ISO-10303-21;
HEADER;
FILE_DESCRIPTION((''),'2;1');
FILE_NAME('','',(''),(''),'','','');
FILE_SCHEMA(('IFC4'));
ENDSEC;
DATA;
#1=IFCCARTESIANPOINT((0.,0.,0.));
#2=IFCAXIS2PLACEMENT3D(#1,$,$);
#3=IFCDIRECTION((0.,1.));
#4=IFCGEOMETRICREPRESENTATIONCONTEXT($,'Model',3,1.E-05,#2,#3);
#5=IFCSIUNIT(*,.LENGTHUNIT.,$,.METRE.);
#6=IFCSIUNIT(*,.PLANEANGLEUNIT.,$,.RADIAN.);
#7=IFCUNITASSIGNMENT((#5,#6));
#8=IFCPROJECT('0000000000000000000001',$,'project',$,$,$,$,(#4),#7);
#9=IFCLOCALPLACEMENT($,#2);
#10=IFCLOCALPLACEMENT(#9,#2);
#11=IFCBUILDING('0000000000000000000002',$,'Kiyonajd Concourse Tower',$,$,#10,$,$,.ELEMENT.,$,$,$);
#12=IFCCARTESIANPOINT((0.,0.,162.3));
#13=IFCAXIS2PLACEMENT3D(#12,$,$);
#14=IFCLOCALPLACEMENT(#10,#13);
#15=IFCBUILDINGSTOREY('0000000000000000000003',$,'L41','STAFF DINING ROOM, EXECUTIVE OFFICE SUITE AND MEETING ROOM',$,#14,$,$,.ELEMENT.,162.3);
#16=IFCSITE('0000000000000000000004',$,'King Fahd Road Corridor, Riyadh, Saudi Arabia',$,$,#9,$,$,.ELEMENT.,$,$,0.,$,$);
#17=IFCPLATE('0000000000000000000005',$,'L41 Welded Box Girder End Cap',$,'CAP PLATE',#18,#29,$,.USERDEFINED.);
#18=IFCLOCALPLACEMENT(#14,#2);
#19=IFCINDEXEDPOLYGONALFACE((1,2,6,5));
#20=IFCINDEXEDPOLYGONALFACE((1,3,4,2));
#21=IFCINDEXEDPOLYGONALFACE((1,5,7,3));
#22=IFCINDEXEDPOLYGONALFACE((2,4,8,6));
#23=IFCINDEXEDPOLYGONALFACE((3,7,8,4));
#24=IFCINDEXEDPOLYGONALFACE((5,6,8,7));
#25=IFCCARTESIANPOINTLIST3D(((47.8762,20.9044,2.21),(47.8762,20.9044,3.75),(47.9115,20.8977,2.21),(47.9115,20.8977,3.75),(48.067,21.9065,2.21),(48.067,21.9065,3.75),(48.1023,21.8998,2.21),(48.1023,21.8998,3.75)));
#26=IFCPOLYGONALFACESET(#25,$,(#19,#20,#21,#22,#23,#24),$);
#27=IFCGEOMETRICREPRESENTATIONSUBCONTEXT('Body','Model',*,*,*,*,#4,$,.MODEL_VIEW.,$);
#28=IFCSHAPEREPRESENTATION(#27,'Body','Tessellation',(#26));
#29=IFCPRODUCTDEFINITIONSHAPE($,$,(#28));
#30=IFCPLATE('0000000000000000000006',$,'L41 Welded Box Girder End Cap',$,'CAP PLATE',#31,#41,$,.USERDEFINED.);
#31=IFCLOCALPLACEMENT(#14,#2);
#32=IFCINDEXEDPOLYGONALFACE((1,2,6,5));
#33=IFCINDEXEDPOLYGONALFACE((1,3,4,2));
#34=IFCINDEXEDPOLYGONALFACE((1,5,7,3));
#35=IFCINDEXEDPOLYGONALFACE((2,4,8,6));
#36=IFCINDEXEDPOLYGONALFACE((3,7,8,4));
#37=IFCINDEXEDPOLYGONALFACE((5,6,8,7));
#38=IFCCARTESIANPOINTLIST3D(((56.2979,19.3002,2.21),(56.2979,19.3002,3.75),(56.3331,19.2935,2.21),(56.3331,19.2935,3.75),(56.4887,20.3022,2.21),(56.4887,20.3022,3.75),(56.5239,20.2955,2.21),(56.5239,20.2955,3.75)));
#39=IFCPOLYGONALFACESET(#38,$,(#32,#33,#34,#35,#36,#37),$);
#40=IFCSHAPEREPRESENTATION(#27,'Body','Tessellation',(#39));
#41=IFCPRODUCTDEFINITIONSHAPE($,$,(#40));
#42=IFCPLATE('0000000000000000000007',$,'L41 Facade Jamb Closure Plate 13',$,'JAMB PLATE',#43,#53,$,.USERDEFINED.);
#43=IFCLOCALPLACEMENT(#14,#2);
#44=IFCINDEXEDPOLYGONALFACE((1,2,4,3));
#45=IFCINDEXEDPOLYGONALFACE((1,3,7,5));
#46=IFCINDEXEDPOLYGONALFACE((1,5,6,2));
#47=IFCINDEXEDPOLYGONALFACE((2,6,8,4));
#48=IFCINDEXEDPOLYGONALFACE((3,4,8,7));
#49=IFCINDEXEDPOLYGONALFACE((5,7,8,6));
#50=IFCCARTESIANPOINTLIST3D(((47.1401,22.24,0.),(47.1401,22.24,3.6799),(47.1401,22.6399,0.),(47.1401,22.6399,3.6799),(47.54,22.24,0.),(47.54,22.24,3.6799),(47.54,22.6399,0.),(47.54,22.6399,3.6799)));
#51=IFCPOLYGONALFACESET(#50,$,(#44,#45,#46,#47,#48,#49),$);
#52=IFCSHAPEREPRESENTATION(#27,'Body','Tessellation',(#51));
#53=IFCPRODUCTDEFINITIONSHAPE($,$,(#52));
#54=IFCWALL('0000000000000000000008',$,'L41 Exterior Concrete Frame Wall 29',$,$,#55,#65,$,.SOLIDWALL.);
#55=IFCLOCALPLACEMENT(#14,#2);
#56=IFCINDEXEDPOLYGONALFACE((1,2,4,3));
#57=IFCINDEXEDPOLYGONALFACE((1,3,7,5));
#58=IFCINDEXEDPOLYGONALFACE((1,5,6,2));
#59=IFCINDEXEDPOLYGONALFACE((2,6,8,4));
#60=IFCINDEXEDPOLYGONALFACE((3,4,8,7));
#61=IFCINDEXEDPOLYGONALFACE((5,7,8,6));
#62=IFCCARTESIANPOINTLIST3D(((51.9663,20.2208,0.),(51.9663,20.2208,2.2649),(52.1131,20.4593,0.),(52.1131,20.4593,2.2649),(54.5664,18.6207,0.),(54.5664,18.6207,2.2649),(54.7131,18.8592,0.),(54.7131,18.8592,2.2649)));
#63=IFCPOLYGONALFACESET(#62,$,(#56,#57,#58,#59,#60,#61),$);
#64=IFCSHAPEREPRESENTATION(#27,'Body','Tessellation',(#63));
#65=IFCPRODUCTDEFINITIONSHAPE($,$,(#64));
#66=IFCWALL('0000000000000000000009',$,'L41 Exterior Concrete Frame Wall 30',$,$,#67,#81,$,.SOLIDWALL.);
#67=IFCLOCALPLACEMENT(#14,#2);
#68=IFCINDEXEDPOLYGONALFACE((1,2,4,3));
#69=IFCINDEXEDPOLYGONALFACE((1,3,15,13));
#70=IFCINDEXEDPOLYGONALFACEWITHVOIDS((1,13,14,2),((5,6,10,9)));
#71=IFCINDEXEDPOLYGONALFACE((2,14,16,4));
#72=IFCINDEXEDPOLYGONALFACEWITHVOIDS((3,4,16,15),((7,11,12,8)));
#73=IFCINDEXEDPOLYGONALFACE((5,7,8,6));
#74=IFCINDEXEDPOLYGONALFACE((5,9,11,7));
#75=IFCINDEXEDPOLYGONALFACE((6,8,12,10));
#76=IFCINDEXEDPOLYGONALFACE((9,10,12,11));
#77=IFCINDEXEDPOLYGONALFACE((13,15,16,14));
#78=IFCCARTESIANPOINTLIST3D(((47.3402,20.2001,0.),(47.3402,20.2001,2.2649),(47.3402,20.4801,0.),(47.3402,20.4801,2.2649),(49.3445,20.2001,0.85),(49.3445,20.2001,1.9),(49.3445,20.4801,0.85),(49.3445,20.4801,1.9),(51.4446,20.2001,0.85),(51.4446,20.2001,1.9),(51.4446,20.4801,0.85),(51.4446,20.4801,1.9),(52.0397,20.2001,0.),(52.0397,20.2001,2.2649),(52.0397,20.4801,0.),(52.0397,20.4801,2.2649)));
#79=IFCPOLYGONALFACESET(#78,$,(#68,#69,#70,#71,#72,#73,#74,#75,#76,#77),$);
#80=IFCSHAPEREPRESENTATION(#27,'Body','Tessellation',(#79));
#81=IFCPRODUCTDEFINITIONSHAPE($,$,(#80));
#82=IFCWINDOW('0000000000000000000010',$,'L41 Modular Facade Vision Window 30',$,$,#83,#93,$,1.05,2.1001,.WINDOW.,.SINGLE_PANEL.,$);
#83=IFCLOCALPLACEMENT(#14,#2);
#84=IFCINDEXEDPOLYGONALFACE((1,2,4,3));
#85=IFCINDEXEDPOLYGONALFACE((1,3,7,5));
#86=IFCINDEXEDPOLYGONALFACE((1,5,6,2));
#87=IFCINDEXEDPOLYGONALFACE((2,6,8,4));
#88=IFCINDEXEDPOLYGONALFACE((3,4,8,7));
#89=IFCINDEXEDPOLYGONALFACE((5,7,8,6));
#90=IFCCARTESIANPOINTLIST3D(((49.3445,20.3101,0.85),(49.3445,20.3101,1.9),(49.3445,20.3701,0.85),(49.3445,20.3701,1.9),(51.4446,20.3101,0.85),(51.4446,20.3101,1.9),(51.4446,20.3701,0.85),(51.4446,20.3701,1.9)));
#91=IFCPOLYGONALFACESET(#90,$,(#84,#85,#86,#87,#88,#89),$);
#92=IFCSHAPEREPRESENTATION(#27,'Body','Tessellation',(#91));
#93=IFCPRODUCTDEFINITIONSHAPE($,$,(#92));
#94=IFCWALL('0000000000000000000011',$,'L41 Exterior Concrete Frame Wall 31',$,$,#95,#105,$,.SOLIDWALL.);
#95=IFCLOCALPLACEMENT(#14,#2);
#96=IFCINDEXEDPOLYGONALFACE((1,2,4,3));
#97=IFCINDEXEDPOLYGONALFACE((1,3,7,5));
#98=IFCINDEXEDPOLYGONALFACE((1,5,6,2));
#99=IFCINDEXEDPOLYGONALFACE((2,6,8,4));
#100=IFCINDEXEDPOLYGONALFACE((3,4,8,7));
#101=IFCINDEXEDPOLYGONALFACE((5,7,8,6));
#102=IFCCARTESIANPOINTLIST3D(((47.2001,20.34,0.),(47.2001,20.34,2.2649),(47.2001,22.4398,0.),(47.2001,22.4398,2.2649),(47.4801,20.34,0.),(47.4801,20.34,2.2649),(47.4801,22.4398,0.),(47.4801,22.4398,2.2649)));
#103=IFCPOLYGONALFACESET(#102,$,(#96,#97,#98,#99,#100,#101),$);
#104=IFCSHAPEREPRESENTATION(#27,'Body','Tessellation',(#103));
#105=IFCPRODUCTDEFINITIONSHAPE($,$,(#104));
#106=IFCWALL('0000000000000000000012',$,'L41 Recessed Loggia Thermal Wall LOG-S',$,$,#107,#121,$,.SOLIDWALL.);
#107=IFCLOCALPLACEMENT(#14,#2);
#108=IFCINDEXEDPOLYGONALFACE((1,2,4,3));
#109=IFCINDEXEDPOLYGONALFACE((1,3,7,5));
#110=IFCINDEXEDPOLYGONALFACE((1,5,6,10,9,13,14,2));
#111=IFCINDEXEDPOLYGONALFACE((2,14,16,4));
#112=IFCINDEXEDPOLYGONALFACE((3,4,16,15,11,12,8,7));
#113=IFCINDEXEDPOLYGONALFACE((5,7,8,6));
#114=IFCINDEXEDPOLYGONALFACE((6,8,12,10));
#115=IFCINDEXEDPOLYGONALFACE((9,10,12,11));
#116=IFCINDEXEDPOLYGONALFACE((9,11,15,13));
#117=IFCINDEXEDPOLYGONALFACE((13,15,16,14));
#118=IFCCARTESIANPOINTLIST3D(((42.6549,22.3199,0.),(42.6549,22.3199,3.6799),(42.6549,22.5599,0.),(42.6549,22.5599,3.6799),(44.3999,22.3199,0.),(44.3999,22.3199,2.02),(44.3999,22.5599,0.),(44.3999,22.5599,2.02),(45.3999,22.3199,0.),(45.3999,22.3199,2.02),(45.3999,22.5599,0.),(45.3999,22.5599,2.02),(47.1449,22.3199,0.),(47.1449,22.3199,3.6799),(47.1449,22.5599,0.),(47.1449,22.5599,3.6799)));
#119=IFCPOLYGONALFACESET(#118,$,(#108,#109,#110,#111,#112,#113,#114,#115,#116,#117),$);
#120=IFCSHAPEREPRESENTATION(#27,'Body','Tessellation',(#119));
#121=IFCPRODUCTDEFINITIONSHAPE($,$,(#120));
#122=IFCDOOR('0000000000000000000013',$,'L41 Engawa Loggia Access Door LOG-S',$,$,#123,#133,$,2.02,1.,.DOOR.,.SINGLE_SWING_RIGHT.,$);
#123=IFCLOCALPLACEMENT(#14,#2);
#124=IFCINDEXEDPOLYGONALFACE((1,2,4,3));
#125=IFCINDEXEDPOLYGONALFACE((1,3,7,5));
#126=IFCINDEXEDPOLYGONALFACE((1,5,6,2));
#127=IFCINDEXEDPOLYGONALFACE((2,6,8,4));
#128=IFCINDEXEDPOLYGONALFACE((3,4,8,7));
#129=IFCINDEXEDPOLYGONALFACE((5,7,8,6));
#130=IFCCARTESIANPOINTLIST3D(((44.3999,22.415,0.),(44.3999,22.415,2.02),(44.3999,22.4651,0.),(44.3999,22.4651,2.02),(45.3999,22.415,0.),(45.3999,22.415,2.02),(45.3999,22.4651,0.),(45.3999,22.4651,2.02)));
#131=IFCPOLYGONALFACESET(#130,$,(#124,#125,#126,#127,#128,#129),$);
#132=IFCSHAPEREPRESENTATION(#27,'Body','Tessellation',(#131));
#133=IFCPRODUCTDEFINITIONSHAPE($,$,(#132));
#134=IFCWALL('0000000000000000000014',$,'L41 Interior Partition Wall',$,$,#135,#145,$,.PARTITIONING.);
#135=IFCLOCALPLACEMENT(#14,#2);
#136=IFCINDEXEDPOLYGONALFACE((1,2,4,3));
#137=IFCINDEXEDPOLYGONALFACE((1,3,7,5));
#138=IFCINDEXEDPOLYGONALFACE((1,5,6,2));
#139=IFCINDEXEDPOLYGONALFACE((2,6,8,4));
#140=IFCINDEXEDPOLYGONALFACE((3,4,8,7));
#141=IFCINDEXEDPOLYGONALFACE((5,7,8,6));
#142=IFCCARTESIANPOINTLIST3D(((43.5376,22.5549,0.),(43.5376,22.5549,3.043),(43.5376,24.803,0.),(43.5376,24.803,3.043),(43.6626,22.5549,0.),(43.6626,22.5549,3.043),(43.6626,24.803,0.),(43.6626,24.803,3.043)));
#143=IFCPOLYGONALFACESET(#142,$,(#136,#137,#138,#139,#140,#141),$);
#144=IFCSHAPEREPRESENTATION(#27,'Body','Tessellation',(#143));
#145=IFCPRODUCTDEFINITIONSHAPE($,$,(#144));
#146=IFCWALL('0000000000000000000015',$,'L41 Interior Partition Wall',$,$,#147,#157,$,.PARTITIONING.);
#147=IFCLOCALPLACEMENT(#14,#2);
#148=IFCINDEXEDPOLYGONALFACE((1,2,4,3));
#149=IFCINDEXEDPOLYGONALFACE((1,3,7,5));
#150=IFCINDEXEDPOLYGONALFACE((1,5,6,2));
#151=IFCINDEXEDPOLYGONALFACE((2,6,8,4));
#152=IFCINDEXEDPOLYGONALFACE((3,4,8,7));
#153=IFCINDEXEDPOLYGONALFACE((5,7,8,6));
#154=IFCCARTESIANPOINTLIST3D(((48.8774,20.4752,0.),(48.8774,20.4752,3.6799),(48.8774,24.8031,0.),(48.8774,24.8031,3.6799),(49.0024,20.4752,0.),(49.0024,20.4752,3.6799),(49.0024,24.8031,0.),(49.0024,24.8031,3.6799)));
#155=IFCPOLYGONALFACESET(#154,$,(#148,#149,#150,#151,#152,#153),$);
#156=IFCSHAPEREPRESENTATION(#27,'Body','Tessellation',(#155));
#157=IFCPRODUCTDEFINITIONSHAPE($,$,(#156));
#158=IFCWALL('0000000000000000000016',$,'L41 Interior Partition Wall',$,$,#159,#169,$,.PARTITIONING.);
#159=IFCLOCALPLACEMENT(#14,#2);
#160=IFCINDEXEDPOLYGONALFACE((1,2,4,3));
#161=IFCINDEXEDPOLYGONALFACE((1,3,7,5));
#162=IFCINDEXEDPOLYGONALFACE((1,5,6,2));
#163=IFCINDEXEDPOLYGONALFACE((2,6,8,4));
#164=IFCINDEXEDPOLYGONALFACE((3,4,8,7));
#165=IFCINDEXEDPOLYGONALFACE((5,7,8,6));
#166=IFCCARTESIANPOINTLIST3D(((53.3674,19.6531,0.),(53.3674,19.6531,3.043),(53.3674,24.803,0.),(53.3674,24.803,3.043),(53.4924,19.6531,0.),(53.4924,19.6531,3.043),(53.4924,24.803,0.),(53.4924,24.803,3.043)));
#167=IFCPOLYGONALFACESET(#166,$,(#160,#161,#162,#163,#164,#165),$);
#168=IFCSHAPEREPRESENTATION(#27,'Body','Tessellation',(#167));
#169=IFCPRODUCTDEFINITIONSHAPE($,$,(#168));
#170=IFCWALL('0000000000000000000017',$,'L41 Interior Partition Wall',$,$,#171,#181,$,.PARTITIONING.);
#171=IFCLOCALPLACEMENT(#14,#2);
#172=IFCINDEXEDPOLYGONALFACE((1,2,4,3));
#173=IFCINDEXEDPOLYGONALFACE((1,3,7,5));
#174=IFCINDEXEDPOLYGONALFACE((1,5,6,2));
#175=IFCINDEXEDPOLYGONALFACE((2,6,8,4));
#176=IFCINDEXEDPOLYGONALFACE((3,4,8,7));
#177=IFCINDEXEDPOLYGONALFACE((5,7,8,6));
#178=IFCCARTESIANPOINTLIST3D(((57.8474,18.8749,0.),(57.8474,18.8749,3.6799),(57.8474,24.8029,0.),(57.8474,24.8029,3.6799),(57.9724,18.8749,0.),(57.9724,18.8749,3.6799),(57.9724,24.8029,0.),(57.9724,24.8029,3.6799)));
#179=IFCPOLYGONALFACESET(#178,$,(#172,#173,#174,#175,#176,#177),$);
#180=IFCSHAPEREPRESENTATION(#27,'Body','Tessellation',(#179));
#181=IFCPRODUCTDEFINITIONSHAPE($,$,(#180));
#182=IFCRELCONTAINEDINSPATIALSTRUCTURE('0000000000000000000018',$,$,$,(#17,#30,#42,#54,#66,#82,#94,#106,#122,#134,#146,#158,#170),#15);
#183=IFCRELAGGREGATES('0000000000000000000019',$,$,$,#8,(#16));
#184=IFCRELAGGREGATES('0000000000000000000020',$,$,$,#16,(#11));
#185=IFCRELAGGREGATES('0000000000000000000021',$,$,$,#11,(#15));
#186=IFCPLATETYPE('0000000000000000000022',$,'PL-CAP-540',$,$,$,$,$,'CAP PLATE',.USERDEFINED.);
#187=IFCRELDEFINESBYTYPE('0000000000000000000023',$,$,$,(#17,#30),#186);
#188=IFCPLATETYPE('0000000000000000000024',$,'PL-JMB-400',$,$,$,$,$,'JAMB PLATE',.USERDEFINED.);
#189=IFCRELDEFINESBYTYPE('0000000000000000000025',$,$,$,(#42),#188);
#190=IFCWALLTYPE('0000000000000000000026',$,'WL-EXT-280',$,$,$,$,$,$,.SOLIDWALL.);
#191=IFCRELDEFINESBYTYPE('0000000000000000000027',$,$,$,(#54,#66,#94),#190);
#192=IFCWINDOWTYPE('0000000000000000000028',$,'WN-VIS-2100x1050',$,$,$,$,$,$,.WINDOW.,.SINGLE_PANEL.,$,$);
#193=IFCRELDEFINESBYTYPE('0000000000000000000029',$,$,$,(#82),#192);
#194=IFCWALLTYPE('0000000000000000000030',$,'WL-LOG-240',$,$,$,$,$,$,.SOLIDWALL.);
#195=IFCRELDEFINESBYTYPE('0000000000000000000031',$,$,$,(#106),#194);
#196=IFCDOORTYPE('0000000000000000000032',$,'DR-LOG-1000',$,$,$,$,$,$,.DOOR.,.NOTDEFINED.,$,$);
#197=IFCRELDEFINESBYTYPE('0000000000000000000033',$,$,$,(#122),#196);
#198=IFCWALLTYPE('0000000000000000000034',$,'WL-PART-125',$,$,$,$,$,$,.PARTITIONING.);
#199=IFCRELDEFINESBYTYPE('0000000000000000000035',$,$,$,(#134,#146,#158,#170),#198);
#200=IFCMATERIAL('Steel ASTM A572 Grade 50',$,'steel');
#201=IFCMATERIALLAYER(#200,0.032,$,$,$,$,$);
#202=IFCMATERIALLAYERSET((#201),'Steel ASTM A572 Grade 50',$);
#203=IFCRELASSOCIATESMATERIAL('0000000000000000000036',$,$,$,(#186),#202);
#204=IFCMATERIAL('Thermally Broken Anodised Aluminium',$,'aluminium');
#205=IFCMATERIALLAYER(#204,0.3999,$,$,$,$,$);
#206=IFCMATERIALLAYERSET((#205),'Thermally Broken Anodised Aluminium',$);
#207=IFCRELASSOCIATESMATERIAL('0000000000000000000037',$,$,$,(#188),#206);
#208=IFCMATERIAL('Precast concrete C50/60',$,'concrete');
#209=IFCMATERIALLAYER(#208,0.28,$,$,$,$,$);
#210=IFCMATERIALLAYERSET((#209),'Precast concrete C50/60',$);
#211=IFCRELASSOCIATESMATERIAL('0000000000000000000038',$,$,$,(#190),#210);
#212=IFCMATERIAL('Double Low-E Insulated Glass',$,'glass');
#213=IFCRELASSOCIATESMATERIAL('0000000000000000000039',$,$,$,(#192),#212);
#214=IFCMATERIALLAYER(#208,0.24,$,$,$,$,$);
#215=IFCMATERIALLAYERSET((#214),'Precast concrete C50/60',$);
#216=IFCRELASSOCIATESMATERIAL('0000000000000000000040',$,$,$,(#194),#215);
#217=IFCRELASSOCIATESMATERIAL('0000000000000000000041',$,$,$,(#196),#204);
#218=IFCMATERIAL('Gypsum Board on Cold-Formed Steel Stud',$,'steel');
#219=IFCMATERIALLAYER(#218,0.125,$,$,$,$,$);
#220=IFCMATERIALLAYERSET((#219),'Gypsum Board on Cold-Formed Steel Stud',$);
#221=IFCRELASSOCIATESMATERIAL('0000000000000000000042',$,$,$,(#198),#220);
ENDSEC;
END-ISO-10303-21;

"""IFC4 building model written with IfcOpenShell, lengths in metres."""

from ifc_helpers import new_model, si_unit, direction, frame, frame_2d, origin, origin_2d, place, context, subcontext, project, spatial, rectangle, extrude, material, layer, layer_set, type_object, element, fill, save


model = new_model("IFC4")

# Units and contexts
model_context = context("Model", 3, precision=1e-05, world=origin(), true_north=direction((0.0, 1.0)))
body_context = subcontext(model_context, "Body", "Model", "MODEL_VIEW")
ifc_project = project(units=[si_unit("LENGTHUNIT", "METRE"), si_unit("PLANEANGLEUNIT", "RADIAN")], contexts=[model_context])

# Site, building, storey
site_placement = place(None, origin())
site = spatial("IfcSite", under=ifc_project, at=site_placement, Name="King Fahd Road Corridor, Riyadh, Saudi Arabia", CompositionType="ELEMENT", RefElevation=0.0)
building_placement = place(site_placement, origin())
building = spatial("IfcBuilding", under=site, at=building_placement, Name="Kiyonajd Concourse Tower", CompositionType="ELEMENT")
storey_placement = place(building_placement, frame((0.0, 0.0, 162.3)))
storey = spatial("IfcBuildingStorey", under=building, at=storey_placement, Name="L41", Description="STAFF DINING ROOM, EXECUTIVE OFFICE SUITE AND MEETING ROOM", CompositionType="ELEMENT", Elevation=162.3)

# Shared definitions
ifc_material_1 = material(Name="Steel ASTM A572 Grade 50", Category="steel")

# Plates
ifc_layer_1 = layer(ifc_material_1, 0.032)
ifc_layer_set_1 = layer_set([ifc_layer_1], Name="Steel ASTM A572 Grade 50")
plate_type_1 = type_object("IfcPlateType", Name="PL-CAP-540", ElementType="CAP PLATE", PredefinedType="USERDEFINED", material=ifc_layer_set_1)
for number, where, z_axis, x_axis, name in (
    (1, (47.9893, 21.4021, 2.21), (0.0, 0.0, 1.0), (-0.982353, 0.187038, 0.0), "L41 Welded Box Girder End Cap"),
    (2, (56.4109, 19.7979, 2.21), (0.0, 0.0, 1.0), (0.982353, -0.187038, 0.0), "L41 Welded Box Girder End Cap"),
):
    element("IfcPlate", number, at=place(storey_placement, frame(where, z_axis=z_axis, x_axis=x_axis)), inside=storey, type_object=plate_type_1, Name=name, ObjectType="CAP PLATE", PredefinedType="USERDEFINED", context=body_context, shape_type="SweptSolid", body=[
        extrude(rectangle(XDim=0.0359, YDim=1.02, at=origin_2d()), origin(), (0.0, 0.0, 1.0), 1.54),
    ])
ifc_material_2 = material(Name="Thermally Broken Anodised Aluminium", Category="aluminium")
ifc_layer_2 = layer(ifc_material_2, 0.3999)
ifc_layer_set_2 = layer_set([ifc_layer_2], Name="Thermally Broken Anodised Aluminium")
plate_type_2 = type_object("IfcPlateType", Name="PL-JMB-400", ElementType="JAMB PLATE", PredefinedType="USERDEFINED", material=ifc_layer_set_2)
plate_placement = place(storey_placement, frame((47.3401, 22.4399, 0.0), z_axis=(0.0, 0.0, 1.0), x_axis=(1.0, 0.0, 0.0)))
element("IfcPlate", 3, at=plate_placement, inside=storey, type_object=plate_type_2, Name="L41 Facade Jamb Closure Plate 13", ObjectType="JAMB PLATE", PredefinedType="USERDEFINED", context=body_context, shape_type="SweptSolid", body=[
    extrude(rectangle(XDim=0.3999, YDim=0.3999, at=origin_2d()), origin(), (0.0, 0.0, 1.0), 3.6799),
])

# Wall
ifc_material_3 = material(Name="Precast concrete C50/60", Category="concrete")
ifc_layer_3 = layer(ifc_material_3, 0.28)
ifc_layer_set_3 = layer_set([ifc_layer_3], Name="Precast concrete C50/60")
wall_type_1 = type_object("IfcWallType", Name="WL-EXT-280", PredefinedType="SOLIDWALL", material=ifc_layer_set_3)
wall_1_placement = place(storey_placement, frame((54.6396, 18.74, 0.0), z_axis=(0.0, 0.0, 1.0), x_axis=(-0.851653, 0.524106, 0.0)))
element("IfcWall", 4, at=wall_1_placement, inside=storey, type_object=wall_type_1, Name="L41 Exterior Concrete Frame Wall 29", PredefinedType="SOLIDWALL", context=body_context, shape_type="SweptSolid", body=[
    extrude(rectangle(XDim=3.053, YDim=0.28, at=frame_2d((1.5264, 0.0))), origin(), (0.0, 0.0, 1.0), 2.2649),
])

# Wall, opening, window
wall_2_placement = place(storey_placement, frame((52.0396, 20.3401, 0.0), z_axis=(0.0, 0.0, 1.0), x_axis=(-1.0, 0.0, 0.0)))
wall_2 = element("IfcWall", 5, at=wall_2_placement, inside=storey, type_object=wall_type_1, Name="L41 Exterior Concrete Frame Wall 30", PredefinedType="SOLIDWALL", context=body_context, shape_type="SweptSolid", body=[
    extrude(rectangle(XDim=4.6995, YDim=0.28, at=frame_2d((2.3496, 0.0))), origin(), (0.0, 0.0, 1.0), 2.2649),
])
opening_1_placement = place(wall_2_placement, frame((0.595, 0.0, 0.8501)))
opening_1 = element("IfcOpeningElement", 6, at=opening_1_placement, cuts=wall_2, PredefinedType="OPENING", context=body_context, shape_type="SweptSolid", body=[
    extrude(rectangle(XDim=2.1001, YDim=1.05, at=frame_2d((1.05, 0.5249))), frame((0.0, 0.1499, 0.0), z_axis=(0.0, -1.0, 0.0), x_axis=(1.0, 0.0, 0.0)), (0.0, 0.0, 1.0), 0.3),
])
ifc_material_4 = material(Name="Double Low-E Insulated Glass", Category="glass")
window_type = type_object("IfcWindowType", Name="WN-VIS-2100x1050", PartitioningType="SINGLE_PANEL", PredefinedType="WINDOW", material=ifc_material_4)
window_placement = place(opening_1_placement, origin())
window = element("IfcWindow", 7, at=window_placement, inside=storey, type_object=window_type, Name="L41 Modular Facade Vision Window 30", OverallHeight=1.05, OverallWidth=2.1001, PartitioningType="SINGLE_PANEL", PredefinedType="WINDOW", context=body_context, shape_type="SweptSolid", body=[
    extrude(rectangle(XDim=2.1001, YDim=1.05, at=frame_2d((1.05, 0.5249))), frame((0.0, 0.03, 0.0), z_axis=(0.0, -1.0, 0.0), x_axis=(1.0, 0.0, 0.0)), (0.0, 0.0, 1.0), 0.0601),
])
fill(opening_1, window)

# Wall
wall_3_placement = place(storey_placement, frame((47.3401, 20.3401, 0.0), z_axis=(0.0, 0.0, 1.0), x_axis=(0.0, 1.0, 0.0)))
element("IfcWall", 8, at=wall_3_placement, inside=storey, type_object=wall_type_1, Name="L41 Exterior Concrete Frame Wall 31", PredefinedType="SOLIDWALL", context=body_context, shape_type="SweptSolid", body=[
    extrude(rectangle(XDim=2.0999, YDim=0.28, at=frame_2d((1.0498, 0.0))), origin(), (0.0, 0.0, 1.0), 2.2649),
])

# Wall, opening, door
ifc_layer_4 = layer(ifc_material_3, 0.24)
ifc_layer_set_4 = layer_set([ifc_layer_4], Name="Precast concrete C50/60")
wall_type_2 = type_object("IfcWallType", Name="WL-LOG-240", PredefinedType="SOLIDWALL", material=ifc_layer_set_4)
wall_4_placement = place(storey_placement, frame((47.145, 22.4399, 0.0), z_axis=(0.0, 0.0, 1.0), x_axis=(-1.0, 0.0, 0.0)))
wall_4 = element("IfcWall", 9, at=wall_4_placement, inside=storey, type_object=wall_type_2, Name="L41 Recessed Loggia Thermal Wall LOG-S", PredefinedType="SOLIDWALL", context=body_context, shape_type="SweptSolid", body=[
    extrude(rectangle(XDim=4.49, YDim=0.24, at=frame_2d((2.2451, 0.0))), origin(), (0.0, 0.0, 1.0), 3.6799),
])
opening_2_placement = place(wall_4_placement, frame((1.7451, 0.0, 0.0)))
opening_2 = element("IfcOpeningElement", 10, at=opening_2_placement, cuts=wall_4, PredefinedType="OPENING", context=body_context, shape_type="SweptSolid", body=[
    extrude(rectangle(XDim=1.0, YDim=2.02, at=frame_2d((0.5, 1.01))), frame((0.0, 0.1299, 0.0), z_axis=(0.0, -1.0, 0.0), x_axis=(1.0, 0.0, 0.0)), (0.0, 0.0, 1.0), 0.26),
])
door_type = type_object("IfcDoorType", Name="DR-LOG-1000", OperationType="NOTDEFINED", PredefinedType="DOOR", material=ifc_material_2)
door_placement = place(opening_2_placement, origin())
door = element("IfcDoor", 11, at=door_placement, inside=storey, type_object=door_type, Name="L41 Engawa Loggia Access Door LOG-S", OperationType="SINGLE_SWING_RIGHT", OverallHeight=2.02, OverallWidth=1.0, PredefinedType="DOOR", context=body_context, shape_type="SweptSolid", body=[
    extrude(rectangle(XDim=1.0, YDim=2.02, at=frame_2d((0.5, 1.01))), frame((0.0, 0.0249, 0.0), z_axis=(0.0, -1.0, 0.0), x_axis=(1.0, 0.0, 0.0)), (0.0, 0.0, 1.0), 0.05),
])
fill(opening_2, door)

# Walls
ifc_material_5 = material(Name="Gypsum Board on Cold-Formed Steel Stud", Category="steel")
ifc_layer_5 = layer(ifc_material_5, 0.125)
ifc_layer_set_5 = layer_set([ifc_layer_5], Name="Gypsum Board on Cold-Formed Steel Stud")
wall_type_3 = type_object("IfcWallType", Name="WL-PART-125", PredefinedType="PARTITIONING", material=ifc_layer_set_5)
wall_5_placement = place(storey_placement, frame((43.6001, 22.5549, 0.0), z_axis=(0.0, 0.0, 1.0), x_axis=(0.0, 1.0, 0.0)))
element("IfcWall", 12, at=wall_5_placement, inside=storey, type_object=wall_type_3, Name="L41 Interior Partition Wall", PredefinedType="PARTITIONING", context=body_context, shape_type="SweptSolid", body=[
    extrude(rectangle(XDim=2.248, YDim=0.125, at=frame_2d((1.124, 0.0))), origin(), (0.0, 0.0, 1.0), 3.043),
])
wall_6_placement = place(storey_placement, frame((48.9399, 20.4751, 0.0), z_axis=(0.0, 0.0, 1.0), x_axis=(0.0, 1.0, 0.0)))
element("IfcWall", 13, at=wall_6_placement, inside=storey, type_object=wall_type_3, Name="L41 Interior Partition Wall", PredefinedType="PARTITIONING", context=body_context, shape_type="SweptSolid", body=[
    extrude(rectangle(XDim=4.3279, YDim=0.125, at=frame_2d((2.1641, 0.0))), origin(), (0.0, 0.0, 1.0), 3.6799),
])
wall_7_placement = place(storey_placement, frame((53.4299, 19.6531, 0.0), z_axis=(0.0, 0.0, 1.0), x_axis=(0.0, 1.0, 0.0)))
element("IfcWall", 14, at=wall_7_placement, inside=storey, type_object=wall_type_3, Name="L41 Interior Partition Wall", PredefinedType="PARTITIONING", context=body_context, shape_type="SweptSolid", body=[
    extrude(rectangle(XDim=5.1499, YDim=0.125, at=frame_2d((2.575, 0.0))), origin(), (0.0, 0.0, 1.0), 3.043),
])
wall_8_placement = place(storey_placement, frame((57.9099, 18.875, 0.0), z_axis=(0.0, 0.0, 1.0), x_axis=(0.0, 1.0, 0.0)))
element("IfcWall", 15, at=wall_8_placement, inside=storey, type_object=wall_type_3, Name="L41 Interior Partition Wall", PredefinedType="PARTITIONING", context=body_context, shape_type="SweptSolid", body=[
    extrude(rectangle(XDim=5.928, YDim=0.125, at=frame_2d((2.9639, 0.0))), origin(), (0.0, 0.0, 1.0), 3.6799),
])

save(model, "model.ifc")
